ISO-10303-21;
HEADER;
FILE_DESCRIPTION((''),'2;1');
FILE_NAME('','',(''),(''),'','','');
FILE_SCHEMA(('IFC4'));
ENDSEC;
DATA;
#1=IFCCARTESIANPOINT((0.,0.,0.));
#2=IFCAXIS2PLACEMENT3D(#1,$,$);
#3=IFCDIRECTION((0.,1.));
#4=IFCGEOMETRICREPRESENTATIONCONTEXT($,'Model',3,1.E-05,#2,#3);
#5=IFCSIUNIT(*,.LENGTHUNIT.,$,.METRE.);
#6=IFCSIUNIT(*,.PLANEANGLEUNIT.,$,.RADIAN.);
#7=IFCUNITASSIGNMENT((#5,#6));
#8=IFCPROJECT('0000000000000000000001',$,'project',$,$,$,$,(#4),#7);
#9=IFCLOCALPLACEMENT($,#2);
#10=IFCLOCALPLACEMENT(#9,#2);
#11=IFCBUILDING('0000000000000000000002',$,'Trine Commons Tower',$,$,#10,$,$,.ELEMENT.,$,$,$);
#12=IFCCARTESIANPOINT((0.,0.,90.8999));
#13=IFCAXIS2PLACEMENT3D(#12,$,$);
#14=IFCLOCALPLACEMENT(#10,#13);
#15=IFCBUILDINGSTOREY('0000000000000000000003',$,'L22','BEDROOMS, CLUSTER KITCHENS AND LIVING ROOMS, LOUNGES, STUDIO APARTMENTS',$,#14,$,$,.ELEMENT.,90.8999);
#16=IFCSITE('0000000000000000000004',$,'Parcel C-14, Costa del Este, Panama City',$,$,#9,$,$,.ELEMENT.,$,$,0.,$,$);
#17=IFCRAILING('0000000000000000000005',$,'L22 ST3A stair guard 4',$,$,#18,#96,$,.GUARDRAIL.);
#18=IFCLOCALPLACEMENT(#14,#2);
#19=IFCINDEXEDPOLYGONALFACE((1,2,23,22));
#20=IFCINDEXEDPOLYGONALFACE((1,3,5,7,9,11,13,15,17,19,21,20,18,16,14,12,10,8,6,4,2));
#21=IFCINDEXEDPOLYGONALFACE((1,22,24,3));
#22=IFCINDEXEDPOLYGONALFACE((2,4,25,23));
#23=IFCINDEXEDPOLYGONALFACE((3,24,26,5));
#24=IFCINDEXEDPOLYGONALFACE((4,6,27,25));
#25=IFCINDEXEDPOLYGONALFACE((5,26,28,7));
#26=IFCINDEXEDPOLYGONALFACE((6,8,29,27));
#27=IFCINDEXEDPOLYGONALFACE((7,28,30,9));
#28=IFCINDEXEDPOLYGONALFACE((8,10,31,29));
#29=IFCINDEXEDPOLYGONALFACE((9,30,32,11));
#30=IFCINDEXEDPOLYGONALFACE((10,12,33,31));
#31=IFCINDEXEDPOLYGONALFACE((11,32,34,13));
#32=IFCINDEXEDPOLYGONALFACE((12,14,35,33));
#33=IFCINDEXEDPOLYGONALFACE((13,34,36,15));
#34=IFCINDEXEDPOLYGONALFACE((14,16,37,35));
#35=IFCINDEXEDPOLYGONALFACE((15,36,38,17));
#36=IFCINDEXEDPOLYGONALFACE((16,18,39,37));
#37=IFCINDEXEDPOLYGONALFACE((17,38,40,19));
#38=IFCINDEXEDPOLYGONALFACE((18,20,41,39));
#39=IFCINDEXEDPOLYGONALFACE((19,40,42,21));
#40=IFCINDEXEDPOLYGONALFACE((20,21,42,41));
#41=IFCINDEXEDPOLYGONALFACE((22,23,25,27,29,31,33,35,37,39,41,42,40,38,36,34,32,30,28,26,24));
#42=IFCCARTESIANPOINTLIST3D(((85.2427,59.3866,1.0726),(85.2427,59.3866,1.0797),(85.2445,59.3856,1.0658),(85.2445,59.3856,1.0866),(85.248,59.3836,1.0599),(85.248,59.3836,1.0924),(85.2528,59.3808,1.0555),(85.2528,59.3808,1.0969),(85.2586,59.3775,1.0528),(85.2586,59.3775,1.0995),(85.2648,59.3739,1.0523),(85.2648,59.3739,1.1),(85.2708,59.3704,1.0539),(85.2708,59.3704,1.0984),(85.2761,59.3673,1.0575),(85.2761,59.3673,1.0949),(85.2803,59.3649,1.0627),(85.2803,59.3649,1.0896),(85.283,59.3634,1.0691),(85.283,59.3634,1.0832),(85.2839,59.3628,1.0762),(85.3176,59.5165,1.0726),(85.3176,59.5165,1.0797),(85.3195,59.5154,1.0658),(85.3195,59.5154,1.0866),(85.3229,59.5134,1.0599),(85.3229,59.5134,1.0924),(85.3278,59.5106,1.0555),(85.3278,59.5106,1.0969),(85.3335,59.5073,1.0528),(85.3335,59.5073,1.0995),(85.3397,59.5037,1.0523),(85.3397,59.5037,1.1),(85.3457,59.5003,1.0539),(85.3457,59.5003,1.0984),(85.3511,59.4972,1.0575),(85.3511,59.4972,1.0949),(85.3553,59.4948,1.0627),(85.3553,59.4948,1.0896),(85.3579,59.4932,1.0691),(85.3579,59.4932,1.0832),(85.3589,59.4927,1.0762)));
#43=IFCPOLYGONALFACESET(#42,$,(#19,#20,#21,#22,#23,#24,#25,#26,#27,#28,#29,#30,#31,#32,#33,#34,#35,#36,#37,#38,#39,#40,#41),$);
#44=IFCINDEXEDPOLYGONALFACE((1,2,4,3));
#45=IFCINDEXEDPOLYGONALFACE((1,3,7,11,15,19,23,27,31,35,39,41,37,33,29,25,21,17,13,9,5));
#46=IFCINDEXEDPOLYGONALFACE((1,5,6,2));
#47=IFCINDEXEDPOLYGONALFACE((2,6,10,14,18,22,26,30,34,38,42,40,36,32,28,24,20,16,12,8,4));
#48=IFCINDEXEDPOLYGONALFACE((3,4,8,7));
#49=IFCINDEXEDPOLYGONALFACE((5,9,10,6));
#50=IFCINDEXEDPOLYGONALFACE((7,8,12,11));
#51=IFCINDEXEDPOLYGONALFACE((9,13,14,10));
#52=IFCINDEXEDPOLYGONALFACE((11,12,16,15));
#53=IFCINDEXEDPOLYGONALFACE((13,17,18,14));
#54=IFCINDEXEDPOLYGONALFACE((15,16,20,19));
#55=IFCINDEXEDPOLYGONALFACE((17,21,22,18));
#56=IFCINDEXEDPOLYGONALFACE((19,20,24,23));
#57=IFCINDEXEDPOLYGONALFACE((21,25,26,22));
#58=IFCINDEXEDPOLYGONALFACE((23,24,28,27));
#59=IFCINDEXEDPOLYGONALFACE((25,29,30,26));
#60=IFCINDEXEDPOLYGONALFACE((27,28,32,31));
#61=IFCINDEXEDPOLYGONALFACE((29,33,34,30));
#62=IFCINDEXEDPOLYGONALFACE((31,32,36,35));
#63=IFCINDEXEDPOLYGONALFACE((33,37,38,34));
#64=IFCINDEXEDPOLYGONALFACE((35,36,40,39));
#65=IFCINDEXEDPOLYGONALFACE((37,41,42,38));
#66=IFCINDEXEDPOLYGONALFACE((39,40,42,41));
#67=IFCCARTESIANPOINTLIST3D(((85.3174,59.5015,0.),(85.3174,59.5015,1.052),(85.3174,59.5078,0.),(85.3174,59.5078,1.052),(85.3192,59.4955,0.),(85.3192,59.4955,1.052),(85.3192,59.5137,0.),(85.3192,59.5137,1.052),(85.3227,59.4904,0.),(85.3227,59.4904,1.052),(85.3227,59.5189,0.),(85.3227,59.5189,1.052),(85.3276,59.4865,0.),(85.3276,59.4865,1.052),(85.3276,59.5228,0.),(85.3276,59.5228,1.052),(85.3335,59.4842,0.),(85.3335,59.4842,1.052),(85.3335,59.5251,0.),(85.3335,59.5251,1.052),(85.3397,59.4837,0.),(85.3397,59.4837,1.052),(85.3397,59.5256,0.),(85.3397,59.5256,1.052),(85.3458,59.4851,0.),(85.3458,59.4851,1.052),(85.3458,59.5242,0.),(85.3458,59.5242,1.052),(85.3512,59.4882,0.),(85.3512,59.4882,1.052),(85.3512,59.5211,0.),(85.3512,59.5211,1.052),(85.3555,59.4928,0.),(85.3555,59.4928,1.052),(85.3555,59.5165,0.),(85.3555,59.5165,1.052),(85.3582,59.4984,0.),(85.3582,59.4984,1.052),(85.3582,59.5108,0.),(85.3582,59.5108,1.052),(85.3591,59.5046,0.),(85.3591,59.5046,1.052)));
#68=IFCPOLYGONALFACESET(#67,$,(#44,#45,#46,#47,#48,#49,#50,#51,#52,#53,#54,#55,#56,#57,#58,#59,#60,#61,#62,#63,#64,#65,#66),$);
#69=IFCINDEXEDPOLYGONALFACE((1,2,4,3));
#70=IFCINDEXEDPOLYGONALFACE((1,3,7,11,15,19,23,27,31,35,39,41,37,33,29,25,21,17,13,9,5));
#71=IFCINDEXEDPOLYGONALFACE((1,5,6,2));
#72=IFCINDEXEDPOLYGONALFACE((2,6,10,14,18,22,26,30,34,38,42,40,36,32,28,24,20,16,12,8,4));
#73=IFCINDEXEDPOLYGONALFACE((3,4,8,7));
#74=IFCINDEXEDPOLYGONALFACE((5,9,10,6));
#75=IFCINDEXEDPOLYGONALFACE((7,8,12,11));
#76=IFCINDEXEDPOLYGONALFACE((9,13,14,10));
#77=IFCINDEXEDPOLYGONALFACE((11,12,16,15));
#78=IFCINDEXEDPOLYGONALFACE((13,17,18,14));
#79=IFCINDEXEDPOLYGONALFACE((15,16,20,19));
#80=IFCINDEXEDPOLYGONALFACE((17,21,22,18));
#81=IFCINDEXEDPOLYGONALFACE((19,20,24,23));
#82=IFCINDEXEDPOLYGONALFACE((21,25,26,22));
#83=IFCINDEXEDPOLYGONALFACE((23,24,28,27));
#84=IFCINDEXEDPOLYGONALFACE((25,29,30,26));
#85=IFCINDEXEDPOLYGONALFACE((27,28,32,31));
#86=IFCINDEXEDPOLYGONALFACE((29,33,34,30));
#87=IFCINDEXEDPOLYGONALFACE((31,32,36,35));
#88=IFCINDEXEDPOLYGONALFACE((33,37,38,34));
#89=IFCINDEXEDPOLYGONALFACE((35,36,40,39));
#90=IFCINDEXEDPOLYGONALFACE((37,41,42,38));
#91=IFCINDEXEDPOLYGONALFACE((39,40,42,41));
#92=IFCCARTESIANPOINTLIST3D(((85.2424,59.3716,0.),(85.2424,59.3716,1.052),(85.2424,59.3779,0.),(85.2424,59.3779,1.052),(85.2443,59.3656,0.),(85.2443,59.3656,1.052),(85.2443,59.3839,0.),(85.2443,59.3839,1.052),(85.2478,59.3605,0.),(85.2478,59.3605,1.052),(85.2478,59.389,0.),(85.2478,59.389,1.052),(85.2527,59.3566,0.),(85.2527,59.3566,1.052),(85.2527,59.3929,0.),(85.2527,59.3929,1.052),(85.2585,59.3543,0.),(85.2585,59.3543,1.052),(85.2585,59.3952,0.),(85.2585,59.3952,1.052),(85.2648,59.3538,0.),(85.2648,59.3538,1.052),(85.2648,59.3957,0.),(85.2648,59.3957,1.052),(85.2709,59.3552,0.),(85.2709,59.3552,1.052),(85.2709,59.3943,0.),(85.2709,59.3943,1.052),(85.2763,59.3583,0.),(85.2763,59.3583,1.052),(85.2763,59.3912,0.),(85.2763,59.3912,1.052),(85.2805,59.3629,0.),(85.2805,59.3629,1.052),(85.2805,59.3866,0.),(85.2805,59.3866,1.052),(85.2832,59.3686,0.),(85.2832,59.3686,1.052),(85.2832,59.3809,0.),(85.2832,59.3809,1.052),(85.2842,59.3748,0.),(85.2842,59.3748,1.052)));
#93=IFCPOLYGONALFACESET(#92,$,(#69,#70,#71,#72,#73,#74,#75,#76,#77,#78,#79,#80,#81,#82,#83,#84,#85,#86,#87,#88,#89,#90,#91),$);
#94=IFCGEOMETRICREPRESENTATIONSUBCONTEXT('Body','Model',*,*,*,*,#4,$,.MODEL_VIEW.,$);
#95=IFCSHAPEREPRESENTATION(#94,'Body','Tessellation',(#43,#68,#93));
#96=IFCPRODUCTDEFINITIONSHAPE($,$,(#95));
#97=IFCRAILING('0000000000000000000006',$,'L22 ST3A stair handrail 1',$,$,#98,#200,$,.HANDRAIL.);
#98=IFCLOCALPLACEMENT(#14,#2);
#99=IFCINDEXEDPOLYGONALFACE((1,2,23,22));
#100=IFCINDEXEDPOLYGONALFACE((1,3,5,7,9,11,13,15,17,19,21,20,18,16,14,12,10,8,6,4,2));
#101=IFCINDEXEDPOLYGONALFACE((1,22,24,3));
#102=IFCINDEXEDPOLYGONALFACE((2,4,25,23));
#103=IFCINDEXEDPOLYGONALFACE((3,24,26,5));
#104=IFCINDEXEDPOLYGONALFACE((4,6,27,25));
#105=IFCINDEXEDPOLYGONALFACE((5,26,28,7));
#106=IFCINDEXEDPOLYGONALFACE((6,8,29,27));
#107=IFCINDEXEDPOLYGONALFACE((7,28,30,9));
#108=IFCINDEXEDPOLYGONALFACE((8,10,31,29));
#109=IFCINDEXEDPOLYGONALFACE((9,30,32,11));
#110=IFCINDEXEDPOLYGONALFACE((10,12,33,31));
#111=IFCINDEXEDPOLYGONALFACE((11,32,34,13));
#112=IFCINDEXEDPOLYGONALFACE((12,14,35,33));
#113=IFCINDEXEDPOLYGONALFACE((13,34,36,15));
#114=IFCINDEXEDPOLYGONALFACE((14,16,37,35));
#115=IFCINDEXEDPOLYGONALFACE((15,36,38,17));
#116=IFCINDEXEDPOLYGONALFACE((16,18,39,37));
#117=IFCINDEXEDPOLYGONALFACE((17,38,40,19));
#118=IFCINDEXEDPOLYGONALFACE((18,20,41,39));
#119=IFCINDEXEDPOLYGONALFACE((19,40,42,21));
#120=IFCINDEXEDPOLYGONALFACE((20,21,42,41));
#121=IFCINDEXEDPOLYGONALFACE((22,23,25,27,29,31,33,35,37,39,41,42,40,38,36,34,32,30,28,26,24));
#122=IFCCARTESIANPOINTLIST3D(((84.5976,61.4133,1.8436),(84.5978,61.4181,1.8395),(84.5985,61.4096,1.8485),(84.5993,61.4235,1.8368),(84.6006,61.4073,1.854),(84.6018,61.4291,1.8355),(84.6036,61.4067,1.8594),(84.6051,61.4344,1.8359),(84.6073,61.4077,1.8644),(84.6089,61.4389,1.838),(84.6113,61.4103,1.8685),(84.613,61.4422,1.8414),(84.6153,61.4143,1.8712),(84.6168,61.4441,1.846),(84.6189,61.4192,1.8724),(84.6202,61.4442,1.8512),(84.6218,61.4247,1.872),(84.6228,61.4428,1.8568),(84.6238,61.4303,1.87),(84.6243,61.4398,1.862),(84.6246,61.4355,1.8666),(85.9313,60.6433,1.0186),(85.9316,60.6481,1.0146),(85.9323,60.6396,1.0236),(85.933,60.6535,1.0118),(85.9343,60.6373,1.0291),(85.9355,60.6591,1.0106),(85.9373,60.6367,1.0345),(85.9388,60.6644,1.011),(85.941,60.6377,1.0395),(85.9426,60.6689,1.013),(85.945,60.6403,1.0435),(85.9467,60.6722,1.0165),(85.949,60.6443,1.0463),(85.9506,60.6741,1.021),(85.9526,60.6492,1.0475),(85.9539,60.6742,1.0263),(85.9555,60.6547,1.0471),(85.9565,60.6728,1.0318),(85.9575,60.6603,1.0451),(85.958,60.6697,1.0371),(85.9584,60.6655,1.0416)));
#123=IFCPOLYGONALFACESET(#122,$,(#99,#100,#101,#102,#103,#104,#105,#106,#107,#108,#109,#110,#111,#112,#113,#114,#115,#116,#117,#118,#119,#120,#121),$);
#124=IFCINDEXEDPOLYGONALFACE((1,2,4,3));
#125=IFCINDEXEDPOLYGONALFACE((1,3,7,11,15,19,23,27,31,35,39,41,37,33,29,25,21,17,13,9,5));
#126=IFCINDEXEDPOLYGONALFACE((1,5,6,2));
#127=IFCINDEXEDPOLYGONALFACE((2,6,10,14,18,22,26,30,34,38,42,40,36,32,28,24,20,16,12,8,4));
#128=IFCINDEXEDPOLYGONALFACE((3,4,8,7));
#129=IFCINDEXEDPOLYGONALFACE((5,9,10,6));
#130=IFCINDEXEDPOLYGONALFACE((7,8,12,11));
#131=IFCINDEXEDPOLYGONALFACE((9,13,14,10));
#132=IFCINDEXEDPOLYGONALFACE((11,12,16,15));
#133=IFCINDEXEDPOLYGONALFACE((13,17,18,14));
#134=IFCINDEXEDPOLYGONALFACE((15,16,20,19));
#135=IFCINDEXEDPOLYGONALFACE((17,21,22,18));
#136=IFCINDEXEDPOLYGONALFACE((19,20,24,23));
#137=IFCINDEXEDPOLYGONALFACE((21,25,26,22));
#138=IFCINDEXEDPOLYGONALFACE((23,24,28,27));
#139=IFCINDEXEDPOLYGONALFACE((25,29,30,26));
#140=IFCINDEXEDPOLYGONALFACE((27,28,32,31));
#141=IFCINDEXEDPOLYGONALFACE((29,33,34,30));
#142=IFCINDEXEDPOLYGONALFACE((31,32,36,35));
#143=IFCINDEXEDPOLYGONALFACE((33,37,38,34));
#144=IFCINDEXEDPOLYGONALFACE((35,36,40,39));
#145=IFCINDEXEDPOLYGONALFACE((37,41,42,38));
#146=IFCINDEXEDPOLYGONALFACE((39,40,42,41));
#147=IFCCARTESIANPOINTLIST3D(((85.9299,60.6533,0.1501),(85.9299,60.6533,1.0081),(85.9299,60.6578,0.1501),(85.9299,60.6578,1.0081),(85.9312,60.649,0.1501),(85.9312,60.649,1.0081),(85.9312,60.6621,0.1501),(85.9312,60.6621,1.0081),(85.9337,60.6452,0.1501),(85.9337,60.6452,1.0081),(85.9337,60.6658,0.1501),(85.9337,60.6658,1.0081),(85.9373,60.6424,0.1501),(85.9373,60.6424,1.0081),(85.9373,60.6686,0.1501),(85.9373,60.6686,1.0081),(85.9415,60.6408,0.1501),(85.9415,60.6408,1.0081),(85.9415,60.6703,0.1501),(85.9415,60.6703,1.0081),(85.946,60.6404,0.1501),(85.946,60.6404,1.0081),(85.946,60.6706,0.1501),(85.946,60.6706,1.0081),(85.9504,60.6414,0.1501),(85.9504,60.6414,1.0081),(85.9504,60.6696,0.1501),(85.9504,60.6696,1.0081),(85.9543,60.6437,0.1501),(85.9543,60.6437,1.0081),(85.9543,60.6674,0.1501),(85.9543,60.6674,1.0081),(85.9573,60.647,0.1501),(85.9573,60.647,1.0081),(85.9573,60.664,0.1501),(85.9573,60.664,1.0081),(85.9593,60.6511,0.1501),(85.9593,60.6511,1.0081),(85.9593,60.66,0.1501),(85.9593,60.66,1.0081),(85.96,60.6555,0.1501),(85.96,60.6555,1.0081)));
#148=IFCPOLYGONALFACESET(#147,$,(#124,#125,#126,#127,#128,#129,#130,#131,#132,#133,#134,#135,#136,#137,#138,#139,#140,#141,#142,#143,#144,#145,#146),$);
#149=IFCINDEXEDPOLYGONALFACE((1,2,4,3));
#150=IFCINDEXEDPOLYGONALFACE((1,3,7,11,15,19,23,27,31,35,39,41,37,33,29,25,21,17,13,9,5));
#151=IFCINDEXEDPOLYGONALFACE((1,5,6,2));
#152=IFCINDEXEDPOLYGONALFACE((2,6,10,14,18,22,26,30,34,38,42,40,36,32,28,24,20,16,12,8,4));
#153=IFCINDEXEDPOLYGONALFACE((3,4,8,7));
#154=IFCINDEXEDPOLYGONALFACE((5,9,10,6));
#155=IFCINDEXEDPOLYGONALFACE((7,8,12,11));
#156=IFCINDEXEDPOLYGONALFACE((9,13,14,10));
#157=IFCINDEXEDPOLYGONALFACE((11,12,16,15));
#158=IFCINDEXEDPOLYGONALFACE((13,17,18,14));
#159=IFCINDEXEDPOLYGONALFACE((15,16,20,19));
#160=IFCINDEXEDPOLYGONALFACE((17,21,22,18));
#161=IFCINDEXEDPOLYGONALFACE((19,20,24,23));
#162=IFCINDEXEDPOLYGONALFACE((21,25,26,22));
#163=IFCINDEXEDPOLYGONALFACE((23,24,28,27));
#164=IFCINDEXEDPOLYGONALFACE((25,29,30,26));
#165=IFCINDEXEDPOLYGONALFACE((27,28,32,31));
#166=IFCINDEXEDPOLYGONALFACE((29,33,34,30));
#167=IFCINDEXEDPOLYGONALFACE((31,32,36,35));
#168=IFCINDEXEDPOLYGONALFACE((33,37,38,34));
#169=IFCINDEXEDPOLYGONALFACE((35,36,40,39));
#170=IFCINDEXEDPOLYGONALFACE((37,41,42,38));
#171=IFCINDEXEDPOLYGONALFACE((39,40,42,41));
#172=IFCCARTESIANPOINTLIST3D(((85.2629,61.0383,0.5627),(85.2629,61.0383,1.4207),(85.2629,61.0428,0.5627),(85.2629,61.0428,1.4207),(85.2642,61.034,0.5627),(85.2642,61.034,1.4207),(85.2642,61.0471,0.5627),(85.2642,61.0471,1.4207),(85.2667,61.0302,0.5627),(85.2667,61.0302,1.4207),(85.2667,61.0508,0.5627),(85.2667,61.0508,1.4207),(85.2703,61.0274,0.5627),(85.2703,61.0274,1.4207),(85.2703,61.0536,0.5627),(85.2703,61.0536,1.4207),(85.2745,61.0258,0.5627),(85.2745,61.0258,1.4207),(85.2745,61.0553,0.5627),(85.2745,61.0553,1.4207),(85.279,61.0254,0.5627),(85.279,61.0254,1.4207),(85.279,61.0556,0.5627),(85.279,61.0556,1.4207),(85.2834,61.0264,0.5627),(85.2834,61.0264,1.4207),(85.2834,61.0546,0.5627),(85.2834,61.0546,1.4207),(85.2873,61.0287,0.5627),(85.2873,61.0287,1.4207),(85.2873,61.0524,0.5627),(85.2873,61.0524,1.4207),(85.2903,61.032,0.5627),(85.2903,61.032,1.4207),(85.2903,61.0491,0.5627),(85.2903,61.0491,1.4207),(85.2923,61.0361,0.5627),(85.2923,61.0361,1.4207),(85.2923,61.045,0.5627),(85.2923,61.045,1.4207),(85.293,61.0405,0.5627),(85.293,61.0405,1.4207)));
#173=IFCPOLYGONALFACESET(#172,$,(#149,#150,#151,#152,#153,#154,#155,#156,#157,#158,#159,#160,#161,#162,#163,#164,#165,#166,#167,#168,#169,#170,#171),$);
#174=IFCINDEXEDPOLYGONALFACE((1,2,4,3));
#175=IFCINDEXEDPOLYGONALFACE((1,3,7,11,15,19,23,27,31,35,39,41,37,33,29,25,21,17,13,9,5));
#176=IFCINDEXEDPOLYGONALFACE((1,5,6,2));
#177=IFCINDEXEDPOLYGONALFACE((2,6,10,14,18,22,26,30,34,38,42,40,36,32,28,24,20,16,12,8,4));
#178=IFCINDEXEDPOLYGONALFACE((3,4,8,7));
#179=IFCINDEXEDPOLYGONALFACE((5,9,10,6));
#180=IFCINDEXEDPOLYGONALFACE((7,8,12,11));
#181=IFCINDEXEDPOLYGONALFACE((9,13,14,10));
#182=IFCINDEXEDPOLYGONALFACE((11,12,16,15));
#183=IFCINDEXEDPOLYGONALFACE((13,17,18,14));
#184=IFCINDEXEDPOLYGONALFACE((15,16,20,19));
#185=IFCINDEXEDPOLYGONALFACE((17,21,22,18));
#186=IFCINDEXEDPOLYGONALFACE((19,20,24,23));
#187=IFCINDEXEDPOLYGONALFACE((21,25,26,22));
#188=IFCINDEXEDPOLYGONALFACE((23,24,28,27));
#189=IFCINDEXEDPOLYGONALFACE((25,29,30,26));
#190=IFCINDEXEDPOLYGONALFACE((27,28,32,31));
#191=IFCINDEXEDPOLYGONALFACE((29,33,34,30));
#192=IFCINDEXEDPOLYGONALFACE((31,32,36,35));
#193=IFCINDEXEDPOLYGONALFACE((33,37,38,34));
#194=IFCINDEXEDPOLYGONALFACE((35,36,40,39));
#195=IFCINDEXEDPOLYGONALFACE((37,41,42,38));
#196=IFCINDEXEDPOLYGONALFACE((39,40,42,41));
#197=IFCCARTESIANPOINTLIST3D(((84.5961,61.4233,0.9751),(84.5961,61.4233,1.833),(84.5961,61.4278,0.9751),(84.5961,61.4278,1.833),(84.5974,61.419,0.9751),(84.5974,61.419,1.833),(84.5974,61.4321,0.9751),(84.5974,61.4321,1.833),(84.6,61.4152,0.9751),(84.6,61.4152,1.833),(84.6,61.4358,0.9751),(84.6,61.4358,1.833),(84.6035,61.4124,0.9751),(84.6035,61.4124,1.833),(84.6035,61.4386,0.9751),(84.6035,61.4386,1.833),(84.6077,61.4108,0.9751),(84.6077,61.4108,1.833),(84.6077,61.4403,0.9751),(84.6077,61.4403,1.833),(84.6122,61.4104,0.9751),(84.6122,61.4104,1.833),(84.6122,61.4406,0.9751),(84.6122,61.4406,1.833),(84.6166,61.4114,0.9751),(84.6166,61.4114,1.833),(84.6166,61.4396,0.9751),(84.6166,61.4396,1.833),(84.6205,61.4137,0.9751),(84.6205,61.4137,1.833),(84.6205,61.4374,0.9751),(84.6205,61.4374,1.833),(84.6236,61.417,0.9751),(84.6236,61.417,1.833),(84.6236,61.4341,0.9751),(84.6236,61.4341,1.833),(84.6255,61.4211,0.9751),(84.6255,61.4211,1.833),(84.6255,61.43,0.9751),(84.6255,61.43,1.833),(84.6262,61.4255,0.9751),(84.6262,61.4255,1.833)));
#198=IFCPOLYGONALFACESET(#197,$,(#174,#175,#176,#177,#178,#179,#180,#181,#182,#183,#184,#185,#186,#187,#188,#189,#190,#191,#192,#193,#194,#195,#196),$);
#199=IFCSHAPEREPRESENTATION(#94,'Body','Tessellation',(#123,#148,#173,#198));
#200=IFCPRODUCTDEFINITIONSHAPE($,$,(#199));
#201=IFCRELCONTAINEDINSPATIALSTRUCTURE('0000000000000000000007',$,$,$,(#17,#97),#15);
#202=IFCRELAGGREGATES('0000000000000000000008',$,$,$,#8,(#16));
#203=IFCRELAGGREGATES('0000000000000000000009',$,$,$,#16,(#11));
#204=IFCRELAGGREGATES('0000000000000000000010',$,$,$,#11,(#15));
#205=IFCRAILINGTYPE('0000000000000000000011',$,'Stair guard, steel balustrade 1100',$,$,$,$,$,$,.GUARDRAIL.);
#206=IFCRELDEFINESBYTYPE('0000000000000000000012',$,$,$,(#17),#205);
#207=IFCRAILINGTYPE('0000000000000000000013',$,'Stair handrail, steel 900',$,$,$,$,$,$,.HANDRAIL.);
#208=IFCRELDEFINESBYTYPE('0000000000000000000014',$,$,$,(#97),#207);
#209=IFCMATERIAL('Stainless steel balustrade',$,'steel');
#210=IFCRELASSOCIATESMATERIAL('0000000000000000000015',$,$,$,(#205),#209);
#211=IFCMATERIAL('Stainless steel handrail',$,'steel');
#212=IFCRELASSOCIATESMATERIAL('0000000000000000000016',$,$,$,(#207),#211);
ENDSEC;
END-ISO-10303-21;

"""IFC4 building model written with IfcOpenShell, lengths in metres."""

from ifc_helpers import new_model, si_unit, direction, frame, origin, origin_2d, place, context, subcontext, project, spatial, circle, extrude, material, type_object, element, save


model = new_model("IFC4")

# Units and contexts
model_context = context("Model", 3, precision=1e-05, world=origin(), true_north=direction((0.0, 1.0)))
body_context = subcontext(model_context, "Body", "Model", "MODEL_VIEW")
ifc_project = project(units=[si_unit("LENGTHUNIT", "METRE"), si_unit("PLANEANGLEUNIT", "RADIAN")], contexts=[model_context])

# Site, building, storey
site_placement = place(None, origin())
site = spatial("IfcSite", under=ifc_project, at=site_placement, Name="Parcel C-14, Costa del Este, Panama City", CompositionType="ELEMENT", RefElevation=0.0)
building_placement = place(site_placement, origin())
building = spatial("IfcBuilding", under=site, at=building_placement, Name="Trine Commons Tower", CompositionType="ELEMENT")
storey_placement = place(building_placement, frame((0.0, 0.0, 90.8999)))
storey = spatial("IfcBuildingStorey", under=building, at=storey_placement, Name="L22", Description="BEDROOMS, CLUSTER KITCHENS AND LIVING ROOMS, LOUNGES, STUDIO APARTMENTS", CompositionType="ELEMENT", Elevation=90.8999)

# Railings
ifc_material_1 = material(Name="Stainless steel balustrade", Category="steel")
railing_type_1 = type_object("IfcRailingType", Name="Stair guard, steel balustrade 1100", PredefinedType="GUARDRAIL", material=ifc_material_1)
railing_1_placement = place(storey_placement, frame((85.3381, 59.5046, 0.0)))
element("IfcRailing", 1, at=railing_1_placement, inside=storey, type_object=railing_type_1, Name="L22 ST3A stair guard 4", PredefinedType="GUARDRAIL", context=body_context, shape_type="SweptSolid", body=[
    extrude(circle(Radius=0.0239, at=origin_2d()), frame((0.0, 0.0, 1.0762), z_axis=(-0.499816, -0.866131, 0.0), x_axis=(0.866131, -0.499816, 0.0)), (0.0, 0.0, 1.0), 0.1499),
    extrude(circle(Radius=0.021, at=origin_2d()), origin(), (0.0, 0.0, 1.0), 1.052),
    extrude(circle(Radius=0.021, at=origin_2d()), frame((-0.075, -0.1299, 0.0)), (0.0, 0.0, 1.0), 1.052),
])
ifc_material_2 = material(Name="Stainless steel handrail", Category="steel")
railing_type_2 = type_object("IfcRailingType", Name="Stair handrail, steel 900", PredefinedType="HANDRAIL", material=ifc_material_2)
railing_2_placement = place(storey_placement, frame((85.9448, 60.6555, 0.1501)))
element("IfcRailing", 2, at=railing_2_placement, inside=storey, type_object=railing_type_2, Name="L22 ST3A stair handrail 1", PredefinedType="HANDRAIL", context=body_context, shape_type="SweptSolid", body=[
    extrude(circle(Radius=0.021, at=origin_2d()), frame((0.0, 0.0, 0.8789), z_axis=(-0.763405, 0.440743, 0.472185), x_axis=(-0.499992, -0.86603, 0.0)), (0.0, 0.0, 1.0), 1.7471),
    extrude(circle(Radius=0.0151, at=origin_2d()), origin(), (0.0, 0.0, 1.0), 0.8579),
    extrude(circle(Radius=0.0151, at=origin_2d()), frame((-0.667, 0.385, 0.4126)), (0.0, 0.0, 1.0), 0.8579),
    extrude(circle(Radius=0.0151, at=origin_2d()), frame((-1.3337, 0.77, 0.825)), (0.0, 0.0, 1.0), 0.8579),
])

save(model, "model.ifc")
